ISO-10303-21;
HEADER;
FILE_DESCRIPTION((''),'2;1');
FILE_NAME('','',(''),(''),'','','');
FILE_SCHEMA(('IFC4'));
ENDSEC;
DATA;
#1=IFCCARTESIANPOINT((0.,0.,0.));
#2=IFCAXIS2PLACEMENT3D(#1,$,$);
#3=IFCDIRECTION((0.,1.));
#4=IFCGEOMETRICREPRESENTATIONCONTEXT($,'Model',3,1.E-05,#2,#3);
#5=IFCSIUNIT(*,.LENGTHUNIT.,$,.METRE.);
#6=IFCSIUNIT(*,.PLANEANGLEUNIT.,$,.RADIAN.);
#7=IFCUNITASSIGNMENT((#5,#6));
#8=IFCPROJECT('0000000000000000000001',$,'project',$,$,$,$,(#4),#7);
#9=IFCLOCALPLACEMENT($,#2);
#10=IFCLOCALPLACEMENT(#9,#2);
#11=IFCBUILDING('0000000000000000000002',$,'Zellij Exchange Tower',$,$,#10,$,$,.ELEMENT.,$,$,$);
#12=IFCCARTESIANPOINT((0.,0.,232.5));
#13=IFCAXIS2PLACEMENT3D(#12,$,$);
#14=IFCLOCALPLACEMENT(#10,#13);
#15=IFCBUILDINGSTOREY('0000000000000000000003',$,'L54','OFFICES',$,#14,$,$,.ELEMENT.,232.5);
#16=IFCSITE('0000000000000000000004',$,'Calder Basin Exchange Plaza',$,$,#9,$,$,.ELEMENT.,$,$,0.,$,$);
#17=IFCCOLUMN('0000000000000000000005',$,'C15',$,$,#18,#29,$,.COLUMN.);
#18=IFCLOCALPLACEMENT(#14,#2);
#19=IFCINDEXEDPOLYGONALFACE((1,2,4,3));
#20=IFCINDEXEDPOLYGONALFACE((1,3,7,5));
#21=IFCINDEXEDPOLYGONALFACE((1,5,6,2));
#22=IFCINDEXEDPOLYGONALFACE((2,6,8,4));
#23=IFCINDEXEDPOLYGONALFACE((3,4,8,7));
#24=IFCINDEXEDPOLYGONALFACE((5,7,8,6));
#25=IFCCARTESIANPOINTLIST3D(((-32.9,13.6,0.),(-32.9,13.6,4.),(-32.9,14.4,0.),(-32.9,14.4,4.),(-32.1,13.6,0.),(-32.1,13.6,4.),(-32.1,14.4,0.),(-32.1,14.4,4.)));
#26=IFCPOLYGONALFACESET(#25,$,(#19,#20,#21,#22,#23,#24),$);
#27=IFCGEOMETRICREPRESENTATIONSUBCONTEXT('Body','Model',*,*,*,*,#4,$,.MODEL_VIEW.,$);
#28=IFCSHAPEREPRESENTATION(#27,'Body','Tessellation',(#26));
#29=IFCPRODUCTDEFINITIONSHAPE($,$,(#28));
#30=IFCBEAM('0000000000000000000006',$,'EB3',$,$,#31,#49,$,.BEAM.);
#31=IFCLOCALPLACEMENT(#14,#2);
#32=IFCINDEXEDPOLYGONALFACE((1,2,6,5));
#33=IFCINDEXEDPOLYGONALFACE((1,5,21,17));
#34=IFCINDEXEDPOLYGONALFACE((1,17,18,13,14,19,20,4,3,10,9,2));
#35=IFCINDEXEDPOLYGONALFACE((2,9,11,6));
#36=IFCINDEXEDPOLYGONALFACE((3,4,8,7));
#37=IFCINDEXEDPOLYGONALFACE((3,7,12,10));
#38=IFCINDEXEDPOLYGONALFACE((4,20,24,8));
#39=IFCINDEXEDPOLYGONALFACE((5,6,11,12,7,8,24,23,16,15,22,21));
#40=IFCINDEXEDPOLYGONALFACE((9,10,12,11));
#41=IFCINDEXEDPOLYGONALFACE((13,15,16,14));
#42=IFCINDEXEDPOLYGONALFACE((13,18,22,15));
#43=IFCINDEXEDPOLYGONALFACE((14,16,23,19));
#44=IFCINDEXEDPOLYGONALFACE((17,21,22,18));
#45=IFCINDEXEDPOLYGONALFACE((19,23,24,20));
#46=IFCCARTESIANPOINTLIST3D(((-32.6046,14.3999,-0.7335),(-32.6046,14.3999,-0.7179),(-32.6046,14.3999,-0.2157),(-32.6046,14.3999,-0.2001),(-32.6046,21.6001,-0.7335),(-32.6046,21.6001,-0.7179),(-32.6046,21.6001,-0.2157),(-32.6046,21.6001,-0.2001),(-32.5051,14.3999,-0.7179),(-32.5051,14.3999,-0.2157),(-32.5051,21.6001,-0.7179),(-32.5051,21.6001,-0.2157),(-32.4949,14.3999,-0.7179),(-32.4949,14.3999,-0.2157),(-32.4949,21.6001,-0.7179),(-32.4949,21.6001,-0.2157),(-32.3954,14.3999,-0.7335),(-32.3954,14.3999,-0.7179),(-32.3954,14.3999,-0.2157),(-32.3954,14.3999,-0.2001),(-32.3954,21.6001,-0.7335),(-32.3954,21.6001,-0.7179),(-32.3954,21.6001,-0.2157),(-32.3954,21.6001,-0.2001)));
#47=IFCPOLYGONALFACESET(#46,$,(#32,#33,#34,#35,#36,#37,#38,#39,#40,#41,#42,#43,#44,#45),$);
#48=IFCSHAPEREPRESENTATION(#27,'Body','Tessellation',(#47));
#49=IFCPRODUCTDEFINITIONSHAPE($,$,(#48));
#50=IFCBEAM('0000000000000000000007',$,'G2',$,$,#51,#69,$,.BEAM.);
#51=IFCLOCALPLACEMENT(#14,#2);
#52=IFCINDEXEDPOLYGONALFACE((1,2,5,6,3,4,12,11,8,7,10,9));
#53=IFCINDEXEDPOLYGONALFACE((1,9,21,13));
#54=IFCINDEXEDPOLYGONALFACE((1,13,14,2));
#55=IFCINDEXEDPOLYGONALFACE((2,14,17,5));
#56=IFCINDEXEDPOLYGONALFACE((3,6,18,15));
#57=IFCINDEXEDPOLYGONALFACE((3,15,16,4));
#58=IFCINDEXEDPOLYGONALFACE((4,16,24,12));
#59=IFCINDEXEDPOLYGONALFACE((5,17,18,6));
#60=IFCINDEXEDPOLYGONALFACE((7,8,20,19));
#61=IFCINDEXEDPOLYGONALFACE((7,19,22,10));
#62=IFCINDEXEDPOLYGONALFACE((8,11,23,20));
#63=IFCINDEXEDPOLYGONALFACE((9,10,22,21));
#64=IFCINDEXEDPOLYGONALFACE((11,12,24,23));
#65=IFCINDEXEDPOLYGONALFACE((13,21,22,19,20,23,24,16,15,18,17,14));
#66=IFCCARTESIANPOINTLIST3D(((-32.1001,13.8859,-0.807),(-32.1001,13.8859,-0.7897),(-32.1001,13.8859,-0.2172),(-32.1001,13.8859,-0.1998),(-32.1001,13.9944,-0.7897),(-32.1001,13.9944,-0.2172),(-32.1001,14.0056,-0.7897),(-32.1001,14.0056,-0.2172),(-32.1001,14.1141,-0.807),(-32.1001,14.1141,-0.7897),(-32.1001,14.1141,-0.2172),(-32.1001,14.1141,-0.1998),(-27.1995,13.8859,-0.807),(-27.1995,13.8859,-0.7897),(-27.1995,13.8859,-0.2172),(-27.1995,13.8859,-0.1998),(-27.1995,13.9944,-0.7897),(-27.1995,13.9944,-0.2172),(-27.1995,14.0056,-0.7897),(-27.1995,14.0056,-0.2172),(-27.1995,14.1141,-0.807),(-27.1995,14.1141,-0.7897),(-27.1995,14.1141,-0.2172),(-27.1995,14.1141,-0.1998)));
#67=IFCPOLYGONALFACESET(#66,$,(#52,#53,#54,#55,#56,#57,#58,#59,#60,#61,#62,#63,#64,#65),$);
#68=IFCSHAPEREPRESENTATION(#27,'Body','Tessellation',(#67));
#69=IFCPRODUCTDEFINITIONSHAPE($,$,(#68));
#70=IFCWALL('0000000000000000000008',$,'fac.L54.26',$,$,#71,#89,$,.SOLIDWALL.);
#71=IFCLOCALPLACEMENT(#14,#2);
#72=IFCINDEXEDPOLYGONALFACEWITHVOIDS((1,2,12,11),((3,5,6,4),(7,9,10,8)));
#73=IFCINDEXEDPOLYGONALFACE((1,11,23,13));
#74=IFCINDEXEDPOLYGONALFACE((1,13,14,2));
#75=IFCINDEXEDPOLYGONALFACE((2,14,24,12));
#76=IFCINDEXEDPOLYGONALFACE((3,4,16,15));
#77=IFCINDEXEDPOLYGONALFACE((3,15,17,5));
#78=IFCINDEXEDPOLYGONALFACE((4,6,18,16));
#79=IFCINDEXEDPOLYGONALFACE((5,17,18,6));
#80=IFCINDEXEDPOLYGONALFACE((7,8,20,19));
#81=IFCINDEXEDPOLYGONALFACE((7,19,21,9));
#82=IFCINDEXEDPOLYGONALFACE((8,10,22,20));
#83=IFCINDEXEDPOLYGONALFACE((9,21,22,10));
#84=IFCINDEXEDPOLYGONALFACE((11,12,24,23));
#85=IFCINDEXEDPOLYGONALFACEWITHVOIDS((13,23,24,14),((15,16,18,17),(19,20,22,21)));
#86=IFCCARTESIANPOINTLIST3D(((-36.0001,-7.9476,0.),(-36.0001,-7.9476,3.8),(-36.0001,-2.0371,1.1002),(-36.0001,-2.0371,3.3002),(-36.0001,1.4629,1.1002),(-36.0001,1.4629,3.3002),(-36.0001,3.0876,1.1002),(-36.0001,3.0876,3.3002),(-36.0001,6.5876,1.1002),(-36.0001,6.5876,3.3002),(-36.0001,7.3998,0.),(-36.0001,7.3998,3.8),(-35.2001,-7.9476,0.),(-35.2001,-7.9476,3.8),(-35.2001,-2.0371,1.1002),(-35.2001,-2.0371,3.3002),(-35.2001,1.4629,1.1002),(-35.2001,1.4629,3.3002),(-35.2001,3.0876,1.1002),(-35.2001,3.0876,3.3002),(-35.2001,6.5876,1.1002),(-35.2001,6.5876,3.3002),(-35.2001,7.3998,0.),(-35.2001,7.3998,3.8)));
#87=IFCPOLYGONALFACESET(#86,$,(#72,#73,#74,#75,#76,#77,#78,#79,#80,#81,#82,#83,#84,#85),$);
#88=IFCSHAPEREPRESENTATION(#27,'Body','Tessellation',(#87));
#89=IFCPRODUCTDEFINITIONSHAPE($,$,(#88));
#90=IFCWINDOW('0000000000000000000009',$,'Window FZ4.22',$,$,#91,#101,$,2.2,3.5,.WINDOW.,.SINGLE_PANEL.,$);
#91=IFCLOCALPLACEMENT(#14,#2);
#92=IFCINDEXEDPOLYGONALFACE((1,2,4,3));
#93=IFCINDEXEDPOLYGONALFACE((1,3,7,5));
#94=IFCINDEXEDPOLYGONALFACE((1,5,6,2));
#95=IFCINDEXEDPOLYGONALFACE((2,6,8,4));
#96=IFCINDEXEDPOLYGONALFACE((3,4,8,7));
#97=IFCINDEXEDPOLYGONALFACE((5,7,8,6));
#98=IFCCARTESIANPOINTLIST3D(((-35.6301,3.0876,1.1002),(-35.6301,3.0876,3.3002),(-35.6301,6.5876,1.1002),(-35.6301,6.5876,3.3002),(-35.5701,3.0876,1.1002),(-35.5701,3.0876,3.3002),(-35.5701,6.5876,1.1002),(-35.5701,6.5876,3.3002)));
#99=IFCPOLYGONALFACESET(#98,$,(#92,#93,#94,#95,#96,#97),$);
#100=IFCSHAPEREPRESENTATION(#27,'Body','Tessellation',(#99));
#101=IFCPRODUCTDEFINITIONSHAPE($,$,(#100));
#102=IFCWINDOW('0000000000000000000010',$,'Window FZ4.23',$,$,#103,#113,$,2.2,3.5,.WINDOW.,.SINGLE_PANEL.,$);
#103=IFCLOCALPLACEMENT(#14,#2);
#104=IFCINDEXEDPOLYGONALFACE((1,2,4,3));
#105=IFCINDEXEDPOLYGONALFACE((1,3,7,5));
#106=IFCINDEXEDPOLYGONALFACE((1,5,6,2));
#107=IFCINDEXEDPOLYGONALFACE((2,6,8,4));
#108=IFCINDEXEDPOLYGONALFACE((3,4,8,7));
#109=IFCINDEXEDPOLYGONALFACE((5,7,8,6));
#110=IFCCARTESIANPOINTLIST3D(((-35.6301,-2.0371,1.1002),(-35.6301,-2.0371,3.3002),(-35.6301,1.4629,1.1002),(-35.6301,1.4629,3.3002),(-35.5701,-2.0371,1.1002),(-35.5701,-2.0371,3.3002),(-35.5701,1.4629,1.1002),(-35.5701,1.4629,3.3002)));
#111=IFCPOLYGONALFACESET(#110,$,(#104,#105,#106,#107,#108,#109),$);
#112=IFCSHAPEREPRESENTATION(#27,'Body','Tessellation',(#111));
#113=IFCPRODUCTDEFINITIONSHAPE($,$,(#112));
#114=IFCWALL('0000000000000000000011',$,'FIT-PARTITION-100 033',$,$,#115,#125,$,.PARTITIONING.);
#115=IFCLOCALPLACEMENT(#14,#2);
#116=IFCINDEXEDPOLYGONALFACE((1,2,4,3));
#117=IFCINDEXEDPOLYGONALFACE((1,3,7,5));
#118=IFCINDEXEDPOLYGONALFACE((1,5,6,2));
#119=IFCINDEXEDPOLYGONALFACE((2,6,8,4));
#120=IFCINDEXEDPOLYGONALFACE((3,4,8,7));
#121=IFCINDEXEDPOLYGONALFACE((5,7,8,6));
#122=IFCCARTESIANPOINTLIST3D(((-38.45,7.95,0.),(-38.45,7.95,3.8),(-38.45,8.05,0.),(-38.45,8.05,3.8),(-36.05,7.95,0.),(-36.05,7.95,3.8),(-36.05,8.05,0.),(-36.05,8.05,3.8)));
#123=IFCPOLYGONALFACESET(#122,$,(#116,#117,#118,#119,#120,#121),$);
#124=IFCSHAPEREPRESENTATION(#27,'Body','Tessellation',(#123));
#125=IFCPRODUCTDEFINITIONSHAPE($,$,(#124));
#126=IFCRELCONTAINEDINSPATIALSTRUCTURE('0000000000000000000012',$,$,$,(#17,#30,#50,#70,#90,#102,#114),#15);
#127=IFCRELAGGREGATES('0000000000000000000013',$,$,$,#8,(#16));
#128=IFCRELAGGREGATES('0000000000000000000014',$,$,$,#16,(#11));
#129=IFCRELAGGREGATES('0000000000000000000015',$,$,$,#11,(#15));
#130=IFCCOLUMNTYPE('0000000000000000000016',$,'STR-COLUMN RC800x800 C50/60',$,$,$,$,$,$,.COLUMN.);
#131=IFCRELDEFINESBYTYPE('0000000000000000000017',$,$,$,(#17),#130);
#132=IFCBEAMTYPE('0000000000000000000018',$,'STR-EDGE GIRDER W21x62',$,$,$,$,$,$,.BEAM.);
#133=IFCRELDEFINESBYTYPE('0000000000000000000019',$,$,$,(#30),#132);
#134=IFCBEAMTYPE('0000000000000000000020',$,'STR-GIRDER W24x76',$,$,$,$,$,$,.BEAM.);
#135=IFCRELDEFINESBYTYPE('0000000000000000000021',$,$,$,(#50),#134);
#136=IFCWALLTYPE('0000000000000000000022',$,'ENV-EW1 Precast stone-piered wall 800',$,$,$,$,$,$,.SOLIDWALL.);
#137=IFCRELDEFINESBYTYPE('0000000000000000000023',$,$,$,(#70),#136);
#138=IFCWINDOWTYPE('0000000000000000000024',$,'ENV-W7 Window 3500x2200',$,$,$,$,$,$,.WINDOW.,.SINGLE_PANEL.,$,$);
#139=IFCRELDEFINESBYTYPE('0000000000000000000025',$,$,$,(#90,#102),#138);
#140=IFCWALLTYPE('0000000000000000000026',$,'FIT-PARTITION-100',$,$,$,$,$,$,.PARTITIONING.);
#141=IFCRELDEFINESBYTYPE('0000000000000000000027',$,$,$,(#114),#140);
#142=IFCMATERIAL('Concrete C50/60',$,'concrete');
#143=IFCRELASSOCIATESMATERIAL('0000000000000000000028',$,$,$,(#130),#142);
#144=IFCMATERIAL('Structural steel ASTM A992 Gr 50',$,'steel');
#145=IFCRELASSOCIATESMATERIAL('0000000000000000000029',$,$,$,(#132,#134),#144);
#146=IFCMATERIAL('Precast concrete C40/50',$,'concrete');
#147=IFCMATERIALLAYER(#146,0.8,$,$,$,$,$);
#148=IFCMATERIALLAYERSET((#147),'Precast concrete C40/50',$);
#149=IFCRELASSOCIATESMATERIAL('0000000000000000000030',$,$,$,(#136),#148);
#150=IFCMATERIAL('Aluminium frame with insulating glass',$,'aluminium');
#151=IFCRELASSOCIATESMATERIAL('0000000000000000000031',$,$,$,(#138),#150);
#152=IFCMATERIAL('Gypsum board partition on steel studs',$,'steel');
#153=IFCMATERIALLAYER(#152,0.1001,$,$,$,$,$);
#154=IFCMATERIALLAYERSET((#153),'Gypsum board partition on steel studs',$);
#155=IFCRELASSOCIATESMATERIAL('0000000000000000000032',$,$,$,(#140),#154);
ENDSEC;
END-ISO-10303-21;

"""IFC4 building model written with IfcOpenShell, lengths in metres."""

from ifc_helpers import new_model, si_unit, direction, frame, frame_2d, origin, origin_2d, place, context, subcontext, project, spatial, rectangle, i_section, extrude, material, layer, layer_set, material_profile, profile_set, type_object, element, fill, save


model = new_model("IFC4")

# Units and contexts
model_context = context("Model", 3, precision=1e-05, world=origin(), true_north=direction((0.0, 1.0)))
body_context = subcontext(model_context, "Body", "Model", "MODEL_VIEW")
ifc_project = project(units=[si_unit("LENGTHUNIT", "METRE"), si_unit("PLANEANGLEUNIT", "RADIAN")], contexts=[model_context])

# Site, building, storey
site_placement = place(None, origin())
site = spatial("IfcSite", under=ifc_project, at=site_placement, Name="Calder Basin Exchange Plaza", CompositionType="ELEMENT", RefElevation=0.0)
building_placement = place(site_placement, origin())
building = spatial("IfcBuilding", under=site, at=building_placement, Name="Zellij Exchange Tower", CompositionType="ELEMENT")
storey_placement = place(building_placement, frame((0.0, 0.0, 232.5)))
storey = spatial("IfcBuildingStorey", under=building, at=storey_placement, Name="L54", Description="OFFICES", CompositionType="ELEMENT", Elevation=232.5)

# Column
ifc_material_1 = material(Name="Concrete C50/60", Category="concrete")
ifc_material_profile_1 = material_profile(ifc_material_1, rectangle(XDim=0.8, YDim=0.8, at=origin_2d()), Name="STR-COLUMN RC800x800 C50/60")
ifc_profile_set_1 = profile_set([ifc_material_profile_1], Name="Concrete C50/60")
column_type = type_object("IfcColumnType", Name="STR-COLUMN RC800x800 C50/60", PredefinedType="COLUMN", material=ifc_profile_set_1)
column_placement = place(storey_placement, frame((-32.5, 14.0, 0.0), z_axis=(0.0, 0.0, 1.0), x_axis=(1.0, 0.0, 0.0)))
element("IfcColumn", 1, at=column_placement, inside=storey, type_object=column_type, Name="C15", PredefinedType="COLUMN", context=body_context, shape_type="SweptSolid", body=[
    extrude(rectangle(XDim=0.8, YDim=0.8, at=origin_2d()), origin(), (0.0, 0.0, 1.0), 4.0),
])

# Beams
ifc_material_2 = material(Name="Structural steel ASTM A992 Gr 50", Category="steel")
ifc_material_profile_2 = material_profile(ifc_material_2, i_section(OverallWidth=0.2092, OverallDepth=0.5334, WebThickness=0.0103, FlangeThickness=0.0156, at=origin_2d()), Name="W21x62")
ifc_profile_set_2 = profile_set([ifc_material_profile_2], Name="Structural steel ASTM A992 Gr 50")
beam_type_1 = type_object("IfcBeamType", Name="STR-EDGE GIRDER W21x62", PredefinedType="BEAM", material=ifc_profile_set_2)
beam_1_placement = place(storey_placement, frame((-32.5, 14.3999, -0.4668), z_axis=(0.0, 1.0, 0.0), x_axis=(-1.0, 0.0, 0.0)))
element("IfcBeam", 2, at=beam_1_placement, inside=storey, type_object=beam_type_1, Name="EB3", PredefinedType="BEAM", context=body_context, shape_type="SweptSolid", body=[
    extrude(i_section(OverallWidth=0.2092, OverallDepth=0.5334, WebThickness=0.0103, FlangeThickness=0.0156, at=origin_2d()), origin(), (0.0, 0.0, 1.0), 7.2002),
])
ifc_material_profile_3 = material_profile(ifc_material_2, i_section(OverallWidth=0.2283, OverallDepth=0.6072, WebThickness=0.0112, FlangeThickness=0.0173, at=origin_2d()), Name="W24x76")
ifc_profile_set_3 = profile_set([ifc_material_profile_3], Name="Structural steel ASTM A992 Gr 50")
beam_type_2 = type_object("IfcBeamType", Name="STR-GIRDER W24x76", PredefinedType="BEAM", material=ifc_profile_set_3)
beam_2_placement = place(storey_placement, frame((-32.1001, 14.0, -0.5034), z_axis=(1.0, 0.0, 0.0), x_axis=(0.0, 1.0, 0.0)))
element("IfcBeam", 3, at=beam_2_placement, inside=storey, type_object=beam_type_2, Name="G2", PredefinedType="BEAM", context=body_context, shape_type="SweptSolid", body=[
    extrude(i_section(OverallWidth=0.2283, OverallDepth=0.6072, WebThickness=0.0112, FlangeThickness=0.0173, at=origin_2d()), origin(), (0.0, 0.0, 1.0), 4.9006),
])

# Wall, openings, windows
ifc_material_3 = material(Name="Precast concrete C40/50", Category="concrete")
ifc_layer_1 = layer(ifc_material_3, 0.8)
ifc_layer_set_1 = layer_set([ifc_layer_1], Name="Precast concrete C40/50")
wall_type_1 = type_object("IfcWallType", Name="ENV-EW1 Precast stone-piered wall 800", PredefinedType="SOLIDWALL", material=ifc_layer_set_1)
wall_1_placement = place(storey_placement, frame((-35.6001, 7.3999, 0.0), z_axis=(0.0, 0.0, 1.0), x_axis=(0.0, -1.0, 0.0)))
wall_1 = element("IfcWall", 4, at=wall_1_placement, inside=storey, type_object=wall_type_1, Name="fac.L54.26", PredefinedType="SOLIDWALL", context=body_context, shape_type="SweptSolid", body=[
    extrude(rectangle(XDim=15.3474, YDim=0.8, at=frame_2d((7.6738, 0.0))), origin(), (0.0, 0.0, 1.0), 3.8),
])
opening_1_placement = place(wall_1_placement, frame((0.8123, 0.0, 1.1001)))
opening_1 = element("IfcOpeningElement", 5, at=opening_1_placement, cuts=wall_1, PredefinedType="OPENING", context=body_context, shape_type="SweptSolid", body=[
    extrude(rectangle(XDim=3.5, YDim=2.2, at=frame_2d((1.75, 1.1001))), frame((0.0, 0.4121, 0.0), z_axis=(0.0, -1.0, 0.0), x_axis=(1.0, 0.0, 0.0)), (0.0, 0.0, 1.0), 0.824),
])
opening_2_placement = place(wall_1_placement, frame((5.937, 0.0, 1.1001)))
opening_2 = element("IfcOpeningElement", 6, at=opening_2_placement, cuts=wall_1, PredefinedType="OPENING", context=body_context, shape_type="SweptSolid", body=[
    extrude(rectangle(XDim=3.5, YDim=2.2, at=frame_2d((1.75, 1.1001))), frame((0.0, 0.4121, 0.0), z_axis=(0.0, -1.0, 0.0), x_axis=(1.0, 0.0, 0.0)), (0.0, 0.0, 1.0), 0.824),
])
ifc_material_4 = material(Name="Aluminium frame with insulating glass", Category="aluminium")
window_type = type_object("IfcWindowType", Name="ENV-W7 Window 3500x2200", PartitioningType="SINGLE_PANEL", PredefinedType="WINDOW", material=ifc_material_4)
window_1_placement = place(opening_1_placement, origin())
window_1 = element("IfcWindow", 7, at=window_1_placement, inside=storey, type_object=window_type, Name="Window FZ4.22", OverallHeight=2.2, OverallWidth=3.5, PartitioningType="SINGLE_PANEL", PredefinedType="WINDOW", context=body_context, shape_type="SweptSolid", body=[
    extrude(rectangle(XDim=3.5, YDim=2.2, at=frame_2d((1.75, 1.1001))), frame((0.0, 0.03, 0.0), z_axis=(0.0, -1.0, 0.0), x_axis=(1.0, 0.0, 0.0)), (0.0, 0.0, 1.0), 0.0601),
])
fill(opening_1, window_1)
window_2_placement = place(opening_2_placement, origin())
window_2 = element("IfcWindow", 8, at=window_2_placement, inside=storey, type_object=window_type, Name="Window FZ4.23", OverallHeight=2.2, OverallWidth=3.5, PartitioningType="SINGLE_PANEL", PredefinedType="WINDOW", context=body_context, shape_type="SweptSolid", body=[
    extrude(rectangle(XDim=3.5, YDim=2.2, at=frame_2d((1.75, 1.1001))), frame((0.0, 0.03, 0.0), z_axis=(0.0, -1.0, 0.0), x_axis=(1.0, 0.0, 0.0)), (0.0, 0.0, 1.0), 0.0601),
])
fill(opening_2, window_2)

# Wall
ifc_material_5 = material(Name="Gypsum board partition on steel studs", Category="steel")
ifc_layer_2 = layer(ifc_material_5, 0.1001)
ifc_layer_set_2 = layer_set([ifc_layer_2], Name="Gypsum board partition on steel studs")
wall_type_2 = type_object("IfcWallType", Name="FIT-PARTITION-100", PredefinedType="PARTITIONING", material=ifc_layer_set_2)
wall_2_placement = place(storey_placement, frame((-38.45, 8.0, 0.0), z_axis=(0.0, 0.0, 1.0), x_axis=(1.0, 0.0, 0.0)))
element("IfcWall", 9, at=wall_2_placement, inside=storey, type_object=wall_type_2, Name="FIT-PARTITION-100 033", PredefinedType="PARTITIONING", context=body_context, shape_type="SweptSolid", body=[
    extrude(rectangle(XDim=2.3999, YDim=0.1001, at=frame_2d((1.2, 0.0))), origin(), (0.0, 0.0, 1.0), 3.8),
])

save(model, "model.ifc")
